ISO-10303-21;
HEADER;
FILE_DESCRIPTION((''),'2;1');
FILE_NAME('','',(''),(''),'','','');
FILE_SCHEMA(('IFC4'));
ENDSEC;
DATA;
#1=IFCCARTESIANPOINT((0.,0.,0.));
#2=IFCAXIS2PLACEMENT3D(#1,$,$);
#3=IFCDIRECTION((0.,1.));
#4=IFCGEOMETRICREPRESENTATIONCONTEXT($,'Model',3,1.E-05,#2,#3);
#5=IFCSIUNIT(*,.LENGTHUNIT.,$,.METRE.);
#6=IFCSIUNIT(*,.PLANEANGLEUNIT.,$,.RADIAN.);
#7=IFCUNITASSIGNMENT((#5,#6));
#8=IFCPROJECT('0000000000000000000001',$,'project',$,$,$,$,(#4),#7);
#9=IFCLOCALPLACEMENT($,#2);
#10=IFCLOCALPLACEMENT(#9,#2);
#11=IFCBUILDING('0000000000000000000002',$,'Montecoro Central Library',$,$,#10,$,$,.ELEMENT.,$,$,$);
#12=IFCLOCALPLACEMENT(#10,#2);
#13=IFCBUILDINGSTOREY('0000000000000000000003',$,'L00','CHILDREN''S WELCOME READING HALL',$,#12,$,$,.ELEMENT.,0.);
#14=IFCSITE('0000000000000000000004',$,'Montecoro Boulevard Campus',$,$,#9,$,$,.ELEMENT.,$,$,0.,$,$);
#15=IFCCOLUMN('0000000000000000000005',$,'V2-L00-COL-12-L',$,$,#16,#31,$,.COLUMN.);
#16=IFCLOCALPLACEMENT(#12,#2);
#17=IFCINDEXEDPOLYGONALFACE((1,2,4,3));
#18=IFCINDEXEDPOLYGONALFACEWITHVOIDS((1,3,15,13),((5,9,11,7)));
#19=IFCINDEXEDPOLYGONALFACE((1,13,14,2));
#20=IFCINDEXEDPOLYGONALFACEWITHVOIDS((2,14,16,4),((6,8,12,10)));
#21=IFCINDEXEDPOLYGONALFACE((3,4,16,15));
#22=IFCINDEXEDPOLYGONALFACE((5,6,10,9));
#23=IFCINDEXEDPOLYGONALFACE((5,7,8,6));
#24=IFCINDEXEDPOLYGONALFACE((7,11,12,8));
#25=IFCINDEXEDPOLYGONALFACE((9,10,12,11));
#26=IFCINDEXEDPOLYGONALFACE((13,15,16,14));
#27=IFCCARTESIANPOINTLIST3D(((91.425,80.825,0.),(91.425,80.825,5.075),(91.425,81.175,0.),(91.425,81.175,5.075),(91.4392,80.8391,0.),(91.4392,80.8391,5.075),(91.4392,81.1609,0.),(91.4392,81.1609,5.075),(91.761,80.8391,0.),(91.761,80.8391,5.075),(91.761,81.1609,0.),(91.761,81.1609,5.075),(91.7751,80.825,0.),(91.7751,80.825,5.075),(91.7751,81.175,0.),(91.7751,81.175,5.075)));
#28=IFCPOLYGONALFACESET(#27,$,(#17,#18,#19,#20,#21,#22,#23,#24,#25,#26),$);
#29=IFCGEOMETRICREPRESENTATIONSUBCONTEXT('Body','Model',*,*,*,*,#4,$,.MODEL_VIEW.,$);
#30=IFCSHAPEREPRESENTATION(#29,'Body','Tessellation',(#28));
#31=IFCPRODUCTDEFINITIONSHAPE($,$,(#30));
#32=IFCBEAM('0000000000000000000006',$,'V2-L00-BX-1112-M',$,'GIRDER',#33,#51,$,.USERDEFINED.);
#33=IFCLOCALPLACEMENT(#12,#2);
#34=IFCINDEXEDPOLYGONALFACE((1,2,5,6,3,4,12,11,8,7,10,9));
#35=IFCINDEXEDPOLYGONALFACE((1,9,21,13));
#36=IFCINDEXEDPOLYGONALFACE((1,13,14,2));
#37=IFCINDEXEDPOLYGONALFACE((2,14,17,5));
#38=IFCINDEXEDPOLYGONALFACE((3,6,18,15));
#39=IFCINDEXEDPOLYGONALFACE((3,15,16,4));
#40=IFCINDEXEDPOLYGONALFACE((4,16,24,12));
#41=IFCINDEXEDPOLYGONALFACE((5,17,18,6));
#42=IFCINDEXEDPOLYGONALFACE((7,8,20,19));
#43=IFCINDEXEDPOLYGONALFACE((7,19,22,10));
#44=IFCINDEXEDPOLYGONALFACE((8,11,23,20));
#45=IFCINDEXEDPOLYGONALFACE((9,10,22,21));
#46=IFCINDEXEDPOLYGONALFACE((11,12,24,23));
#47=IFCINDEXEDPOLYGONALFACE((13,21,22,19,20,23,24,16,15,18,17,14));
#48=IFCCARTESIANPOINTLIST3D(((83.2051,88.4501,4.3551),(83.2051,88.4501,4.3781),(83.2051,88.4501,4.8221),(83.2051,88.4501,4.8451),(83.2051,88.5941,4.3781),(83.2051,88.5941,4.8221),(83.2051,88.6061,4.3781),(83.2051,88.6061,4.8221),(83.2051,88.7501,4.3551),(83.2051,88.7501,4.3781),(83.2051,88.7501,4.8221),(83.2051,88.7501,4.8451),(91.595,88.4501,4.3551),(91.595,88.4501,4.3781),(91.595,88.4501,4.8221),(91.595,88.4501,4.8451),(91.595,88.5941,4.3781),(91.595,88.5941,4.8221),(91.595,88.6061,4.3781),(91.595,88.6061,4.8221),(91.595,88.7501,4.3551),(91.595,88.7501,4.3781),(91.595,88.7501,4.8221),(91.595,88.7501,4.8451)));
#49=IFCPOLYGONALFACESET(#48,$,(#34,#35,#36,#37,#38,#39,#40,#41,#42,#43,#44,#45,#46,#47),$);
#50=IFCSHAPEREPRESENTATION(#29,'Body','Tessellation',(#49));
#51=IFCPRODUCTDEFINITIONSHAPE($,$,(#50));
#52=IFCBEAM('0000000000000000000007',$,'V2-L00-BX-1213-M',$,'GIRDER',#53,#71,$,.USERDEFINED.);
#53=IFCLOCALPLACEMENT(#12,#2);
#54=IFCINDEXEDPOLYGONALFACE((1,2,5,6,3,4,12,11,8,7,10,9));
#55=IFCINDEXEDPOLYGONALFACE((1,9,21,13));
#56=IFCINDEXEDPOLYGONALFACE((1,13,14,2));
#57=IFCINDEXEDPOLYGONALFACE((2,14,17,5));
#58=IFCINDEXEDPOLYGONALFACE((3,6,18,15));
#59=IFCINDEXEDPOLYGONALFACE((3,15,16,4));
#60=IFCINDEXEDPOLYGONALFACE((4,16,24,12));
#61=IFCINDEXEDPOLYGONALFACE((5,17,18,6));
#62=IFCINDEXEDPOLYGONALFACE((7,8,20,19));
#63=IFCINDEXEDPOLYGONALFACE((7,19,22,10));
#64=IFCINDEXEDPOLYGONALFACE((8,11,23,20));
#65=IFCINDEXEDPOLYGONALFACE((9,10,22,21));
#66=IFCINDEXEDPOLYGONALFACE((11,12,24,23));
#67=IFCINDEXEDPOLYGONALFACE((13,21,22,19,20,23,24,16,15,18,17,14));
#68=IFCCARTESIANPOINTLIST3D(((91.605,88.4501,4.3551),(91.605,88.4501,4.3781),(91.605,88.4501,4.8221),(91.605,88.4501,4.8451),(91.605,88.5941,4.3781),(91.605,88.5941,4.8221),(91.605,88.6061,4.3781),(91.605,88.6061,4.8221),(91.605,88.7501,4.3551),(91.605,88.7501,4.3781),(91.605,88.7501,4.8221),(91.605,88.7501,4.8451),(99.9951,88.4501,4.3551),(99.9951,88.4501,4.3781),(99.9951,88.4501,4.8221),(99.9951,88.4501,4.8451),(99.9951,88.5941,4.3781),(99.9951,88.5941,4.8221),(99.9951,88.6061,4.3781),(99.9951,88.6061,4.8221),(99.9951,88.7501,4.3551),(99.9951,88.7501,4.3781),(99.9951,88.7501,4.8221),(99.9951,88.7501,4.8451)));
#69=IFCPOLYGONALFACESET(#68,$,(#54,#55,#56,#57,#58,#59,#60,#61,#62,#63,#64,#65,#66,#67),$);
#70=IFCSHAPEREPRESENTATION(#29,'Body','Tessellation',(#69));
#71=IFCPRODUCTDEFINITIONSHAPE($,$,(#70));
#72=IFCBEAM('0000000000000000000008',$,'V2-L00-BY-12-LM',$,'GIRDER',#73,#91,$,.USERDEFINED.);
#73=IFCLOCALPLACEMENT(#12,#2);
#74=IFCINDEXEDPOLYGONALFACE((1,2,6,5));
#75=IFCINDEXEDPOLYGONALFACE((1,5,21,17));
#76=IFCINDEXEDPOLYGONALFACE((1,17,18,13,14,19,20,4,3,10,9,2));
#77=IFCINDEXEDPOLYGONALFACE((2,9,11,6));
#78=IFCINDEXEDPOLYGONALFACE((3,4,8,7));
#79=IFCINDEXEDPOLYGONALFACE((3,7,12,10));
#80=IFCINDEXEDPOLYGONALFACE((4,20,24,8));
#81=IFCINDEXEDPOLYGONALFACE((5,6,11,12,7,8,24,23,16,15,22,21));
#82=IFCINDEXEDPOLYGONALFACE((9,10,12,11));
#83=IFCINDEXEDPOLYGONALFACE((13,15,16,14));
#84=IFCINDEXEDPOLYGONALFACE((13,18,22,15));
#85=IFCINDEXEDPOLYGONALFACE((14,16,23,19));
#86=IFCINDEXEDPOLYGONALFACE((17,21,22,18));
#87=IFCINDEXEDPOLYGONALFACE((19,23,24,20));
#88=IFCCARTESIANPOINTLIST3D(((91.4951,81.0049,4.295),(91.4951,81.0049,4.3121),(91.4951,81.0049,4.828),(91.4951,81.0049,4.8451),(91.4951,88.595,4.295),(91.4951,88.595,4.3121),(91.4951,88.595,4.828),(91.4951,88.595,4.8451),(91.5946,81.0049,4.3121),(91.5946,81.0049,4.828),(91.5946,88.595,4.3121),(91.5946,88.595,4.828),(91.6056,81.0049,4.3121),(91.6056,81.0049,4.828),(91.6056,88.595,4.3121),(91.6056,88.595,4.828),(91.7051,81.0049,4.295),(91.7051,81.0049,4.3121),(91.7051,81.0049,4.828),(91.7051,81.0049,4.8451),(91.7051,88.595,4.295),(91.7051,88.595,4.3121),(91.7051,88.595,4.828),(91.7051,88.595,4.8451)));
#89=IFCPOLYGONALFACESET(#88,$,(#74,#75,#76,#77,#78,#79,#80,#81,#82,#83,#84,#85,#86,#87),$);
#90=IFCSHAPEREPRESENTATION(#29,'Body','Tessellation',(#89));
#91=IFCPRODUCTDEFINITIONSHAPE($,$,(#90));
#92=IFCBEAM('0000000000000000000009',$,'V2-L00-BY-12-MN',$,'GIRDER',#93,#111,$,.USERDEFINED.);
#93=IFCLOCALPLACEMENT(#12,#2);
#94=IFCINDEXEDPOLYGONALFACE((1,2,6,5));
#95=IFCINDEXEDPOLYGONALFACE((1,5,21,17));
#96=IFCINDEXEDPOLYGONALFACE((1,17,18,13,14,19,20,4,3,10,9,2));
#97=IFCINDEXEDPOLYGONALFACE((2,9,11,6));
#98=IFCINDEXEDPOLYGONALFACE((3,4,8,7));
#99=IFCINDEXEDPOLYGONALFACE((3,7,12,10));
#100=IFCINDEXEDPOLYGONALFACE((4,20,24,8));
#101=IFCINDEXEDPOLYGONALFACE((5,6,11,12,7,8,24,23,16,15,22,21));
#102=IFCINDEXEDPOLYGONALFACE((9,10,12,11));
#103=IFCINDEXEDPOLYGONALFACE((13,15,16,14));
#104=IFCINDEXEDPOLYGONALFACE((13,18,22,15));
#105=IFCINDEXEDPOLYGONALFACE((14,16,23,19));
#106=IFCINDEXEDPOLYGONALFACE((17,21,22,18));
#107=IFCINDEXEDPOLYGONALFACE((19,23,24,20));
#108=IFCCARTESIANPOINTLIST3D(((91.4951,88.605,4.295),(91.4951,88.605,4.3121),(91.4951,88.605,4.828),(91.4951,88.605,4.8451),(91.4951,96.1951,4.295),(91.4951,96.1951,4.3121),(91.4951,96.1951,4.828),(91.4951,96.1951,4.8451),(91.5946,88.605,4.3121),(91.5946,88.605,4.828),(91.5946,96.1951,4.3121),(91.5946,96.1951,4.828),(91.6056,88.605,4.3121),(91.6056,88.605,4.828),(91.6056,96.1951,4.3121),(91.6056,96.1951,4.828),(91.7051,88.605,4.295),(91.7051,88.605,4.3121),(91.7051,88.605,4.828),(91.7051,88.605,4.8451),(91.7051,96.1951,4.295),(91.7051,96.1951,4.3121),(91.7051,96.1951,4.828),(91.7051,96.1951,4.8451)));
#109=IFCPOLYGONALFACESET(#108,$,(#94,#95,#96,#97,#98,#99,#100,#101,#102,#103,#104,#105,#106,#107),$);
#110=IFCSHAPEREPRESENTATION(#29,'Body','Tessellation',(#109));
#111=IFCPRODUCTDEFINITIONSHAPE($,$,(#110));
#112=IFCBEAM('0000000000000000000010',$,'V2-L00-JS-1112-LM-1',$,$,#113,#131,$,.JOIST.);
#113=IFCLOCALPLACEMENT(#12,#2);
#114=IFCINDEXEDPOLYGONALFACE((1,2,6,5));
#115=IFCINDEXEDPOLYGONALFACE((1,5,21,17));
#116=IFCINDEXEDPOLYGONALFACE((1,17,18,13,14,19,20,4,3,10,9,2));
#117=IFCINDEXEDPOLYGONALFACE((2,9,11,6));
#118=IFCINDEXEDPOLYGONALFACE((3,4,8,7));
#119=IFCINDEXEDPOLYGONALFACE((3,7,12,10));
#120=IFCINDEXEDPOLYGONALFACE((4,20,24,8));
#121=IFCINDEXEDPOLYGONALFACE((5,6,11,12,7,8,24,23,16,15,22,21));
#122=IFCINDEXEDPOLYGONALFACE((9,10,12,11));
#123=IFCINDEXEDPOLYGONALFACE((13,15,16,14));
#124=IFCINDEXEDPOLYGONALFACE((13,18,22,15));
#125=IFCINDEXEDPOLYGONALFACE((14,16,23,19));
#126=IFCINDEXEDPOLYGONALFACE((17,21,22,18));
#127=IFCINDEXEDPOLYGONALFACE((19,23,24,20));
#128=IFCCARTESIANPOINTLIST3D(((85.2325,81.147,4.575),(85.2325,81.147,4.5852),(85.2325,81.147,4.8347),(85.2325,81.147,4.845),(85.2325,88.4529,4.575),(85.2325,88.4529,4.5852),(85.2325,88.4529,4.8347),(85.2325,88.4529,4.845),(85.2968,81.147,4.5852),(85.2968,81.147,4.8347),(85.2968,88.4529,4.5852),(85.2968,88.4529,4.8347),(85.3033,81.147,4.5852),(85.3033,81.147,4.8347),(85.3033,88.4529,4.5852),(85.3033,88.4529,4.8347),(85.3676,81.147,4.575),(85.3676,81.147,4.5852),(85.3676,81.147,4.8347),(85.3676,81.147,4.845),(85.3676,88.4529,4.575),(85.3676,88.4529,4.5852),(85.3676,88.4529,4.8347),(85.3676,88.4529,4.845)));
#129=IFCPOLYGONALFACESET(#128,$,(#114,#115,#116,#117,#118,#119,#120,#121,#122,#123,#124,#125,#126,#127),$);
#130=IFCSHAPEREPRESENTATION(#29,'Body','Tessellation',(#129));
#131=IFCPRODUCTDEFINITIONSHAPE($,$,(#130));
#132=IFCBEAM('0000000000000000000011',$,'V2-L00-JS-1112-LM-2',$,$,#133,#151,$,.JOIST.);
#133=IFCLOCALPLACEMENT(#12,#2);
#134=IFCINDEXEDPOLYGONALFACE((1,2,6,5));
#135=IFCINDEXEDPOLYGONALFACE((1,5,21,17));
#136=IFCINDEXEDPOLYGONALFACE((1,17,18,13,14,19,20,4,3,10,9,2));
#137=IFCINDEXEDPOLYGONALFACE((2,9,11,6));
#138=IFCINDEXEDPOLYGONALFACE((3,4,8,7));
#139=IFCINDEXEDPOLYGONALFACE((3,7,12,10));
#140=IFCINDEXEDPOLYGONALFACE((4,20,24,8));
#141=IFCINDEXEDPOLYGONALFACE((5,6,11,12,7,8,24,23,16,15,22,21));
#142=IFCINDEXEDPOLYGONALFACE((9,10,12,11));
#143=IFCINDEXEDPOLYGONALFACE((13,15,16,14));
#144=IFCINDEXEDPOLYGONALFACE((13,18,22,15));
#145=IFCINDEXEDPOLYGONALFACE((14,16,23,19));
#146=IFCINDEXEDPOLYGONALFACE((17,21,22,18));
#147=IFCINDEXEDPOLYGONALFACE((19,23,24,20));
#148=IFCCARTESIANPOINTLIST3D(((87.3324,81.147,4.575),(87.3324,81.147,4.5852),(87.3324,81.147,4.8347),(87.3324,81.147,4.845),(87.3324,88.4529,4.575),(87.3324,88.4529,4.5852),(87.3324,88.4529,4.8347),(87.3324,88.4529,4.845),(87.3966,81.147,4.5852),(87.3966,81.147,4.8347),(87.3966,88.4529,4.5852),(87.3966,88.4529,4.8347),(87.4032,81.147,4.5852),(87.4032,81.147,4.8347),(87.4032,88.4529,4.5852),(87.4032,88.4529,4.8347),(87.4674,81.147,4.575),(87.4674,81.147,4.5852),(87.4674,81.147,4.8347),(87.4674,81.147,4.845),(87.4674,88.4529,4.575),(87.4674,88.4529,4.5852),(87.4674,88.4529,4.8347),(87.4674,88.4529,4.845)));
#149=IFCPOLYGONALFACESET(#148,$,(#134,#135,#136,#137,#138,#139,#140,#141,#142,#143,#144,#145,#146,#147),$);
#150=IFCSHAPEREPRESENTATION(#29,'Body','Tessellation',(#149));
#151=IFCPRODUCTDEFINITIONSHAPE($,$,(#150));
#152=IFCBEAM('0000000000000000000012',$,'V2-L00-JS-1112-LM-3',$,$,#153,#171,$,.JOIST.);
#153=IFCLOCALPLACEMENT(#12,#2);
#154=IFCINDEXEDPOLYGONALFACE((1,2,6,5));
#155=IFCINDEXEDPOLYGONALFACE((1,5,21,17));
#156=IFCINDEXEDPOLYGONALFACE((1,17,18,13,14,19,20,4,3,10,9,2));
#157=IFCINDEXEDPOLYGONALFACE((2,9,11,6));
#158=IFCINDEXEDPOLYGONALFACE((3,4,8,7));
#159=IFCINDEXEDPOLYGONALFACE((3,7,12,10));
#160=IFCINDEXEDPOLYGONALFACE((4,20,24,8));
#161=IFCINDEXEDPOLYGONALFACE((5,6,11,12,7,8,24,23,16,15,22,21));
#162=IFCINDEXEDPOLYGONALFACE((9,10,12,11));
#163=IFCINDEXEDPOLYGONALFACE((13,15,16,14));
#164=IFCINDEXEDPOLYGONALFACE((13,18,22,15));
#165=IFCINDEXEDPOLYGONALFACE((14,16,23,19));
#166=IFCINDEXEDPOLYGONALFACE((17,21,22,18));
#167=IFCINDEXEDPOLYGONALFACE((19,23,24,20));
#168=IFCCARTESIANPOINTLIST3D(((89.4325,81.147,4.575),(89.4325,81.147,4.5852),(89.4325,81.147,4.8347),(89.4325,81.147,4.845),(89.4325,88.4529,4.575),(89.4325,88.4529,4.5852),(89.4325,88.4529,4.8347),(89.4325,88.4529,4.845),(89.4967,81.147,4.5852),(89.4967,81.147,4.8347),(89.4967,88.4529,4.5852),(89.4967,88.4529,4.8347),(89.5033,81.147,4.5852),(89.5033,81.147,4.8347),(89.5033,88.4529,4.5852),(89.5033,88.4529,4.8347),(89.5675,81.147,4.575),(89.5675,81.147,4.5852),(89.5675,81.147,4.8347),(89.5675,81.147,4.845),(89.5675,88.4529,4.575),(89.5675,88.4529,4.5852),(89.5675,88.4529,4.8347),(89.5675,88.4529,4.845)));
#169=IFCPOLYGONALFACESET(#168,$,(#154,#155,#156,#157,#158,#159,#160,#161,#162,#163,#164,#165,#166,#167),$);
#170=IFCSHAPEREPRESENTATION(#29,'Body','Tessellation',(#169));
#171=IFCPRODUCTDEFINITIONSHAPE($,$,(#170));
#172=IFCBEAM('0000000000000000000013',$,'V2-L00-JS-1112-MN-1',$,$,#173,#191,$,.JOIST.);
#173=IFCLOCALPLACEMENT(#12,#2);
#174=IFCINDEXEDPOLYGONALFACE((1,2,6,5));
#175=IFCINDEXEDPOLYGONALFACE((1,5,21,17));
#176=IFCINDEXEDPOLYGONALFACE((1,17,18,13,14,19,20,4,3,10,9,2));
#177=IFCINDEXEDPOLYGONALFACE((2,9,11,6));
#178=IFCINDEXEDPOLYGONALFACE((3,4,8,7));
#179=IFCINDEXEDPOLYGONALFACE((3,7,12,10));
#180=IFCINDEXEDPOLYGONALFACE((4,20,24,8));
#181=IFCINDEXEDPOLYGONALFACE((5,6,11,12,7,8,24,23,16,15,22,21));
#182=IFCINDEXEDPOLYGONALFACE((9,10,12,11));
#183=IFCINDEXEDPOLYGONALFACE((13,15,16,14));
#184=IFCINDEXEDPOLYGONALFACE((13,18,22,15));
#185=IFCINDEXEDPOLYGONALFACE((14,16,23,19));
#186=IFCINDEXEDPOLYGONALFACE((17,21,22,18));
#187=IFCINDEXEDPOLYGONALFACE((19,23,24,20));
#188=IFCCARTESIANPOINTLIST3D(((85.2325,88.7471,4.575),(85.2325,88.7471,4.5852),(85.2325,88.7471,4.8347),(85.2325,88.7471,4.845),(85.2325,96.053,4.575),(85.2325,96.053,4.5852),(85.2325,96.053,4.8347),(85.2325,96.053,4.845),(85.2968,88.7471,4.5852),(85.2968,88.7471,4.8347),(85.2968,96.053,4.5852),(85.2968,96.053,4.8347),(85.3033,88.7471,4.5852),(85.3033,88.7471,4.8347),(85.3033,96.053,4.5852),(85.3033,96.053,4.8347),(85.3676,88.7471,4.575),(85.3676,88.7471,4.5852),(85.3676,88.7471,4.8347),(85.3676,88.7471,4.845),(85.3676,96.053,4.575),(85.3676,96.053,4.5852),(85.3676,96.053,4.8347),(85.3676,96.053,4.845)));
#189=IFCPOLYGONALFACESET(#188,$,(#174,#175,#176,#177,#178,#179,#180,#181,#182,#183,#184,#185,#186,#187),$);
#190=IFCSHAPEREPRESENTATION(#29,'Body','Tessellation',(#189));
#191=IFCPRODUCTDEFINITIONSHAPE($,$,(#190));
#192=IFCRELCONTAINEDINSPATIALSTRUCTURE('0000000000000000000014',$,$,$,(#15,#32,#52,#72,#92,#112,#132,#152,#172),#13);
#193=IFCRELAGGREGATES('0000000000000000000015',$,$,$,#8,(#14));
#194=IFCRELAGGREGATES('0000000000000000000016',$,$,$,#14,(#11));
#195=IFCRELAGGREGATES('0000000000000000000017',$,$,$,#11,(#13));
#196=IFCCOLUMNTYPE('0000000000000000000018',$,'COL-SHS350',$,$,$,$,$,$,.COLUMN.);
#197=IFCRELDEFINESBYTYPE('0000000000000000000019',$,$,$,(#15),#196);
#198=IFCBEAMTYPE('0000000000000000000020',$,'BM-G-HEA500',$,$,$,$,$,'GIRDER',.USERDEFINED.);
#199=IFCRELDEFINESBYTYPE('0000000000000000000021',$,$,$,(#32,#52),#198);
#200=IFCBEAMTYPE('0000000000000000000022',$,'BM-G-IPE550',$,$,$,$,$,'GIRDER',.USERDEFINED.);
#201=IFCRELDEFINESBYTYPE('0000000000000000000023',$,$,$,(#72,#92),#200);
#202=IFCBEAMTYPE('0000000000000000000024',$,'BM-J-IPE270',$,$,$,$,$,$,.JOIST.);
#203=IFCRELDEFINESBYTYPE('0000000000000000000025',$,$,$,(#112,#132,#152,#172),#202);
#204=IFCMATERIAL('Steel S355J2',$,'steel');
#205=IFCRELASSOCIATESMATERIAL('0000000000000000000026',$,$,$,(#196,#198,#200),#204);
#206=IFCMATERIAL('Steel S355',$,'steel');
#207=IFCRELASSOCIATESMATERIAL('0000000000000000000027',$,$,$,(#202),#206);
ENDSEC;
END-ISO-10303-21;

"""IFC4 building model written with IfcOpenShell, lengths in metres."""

from ifc_helpers import new_model, si_unit, direction, frame, origin, origin_2d, place, context, subcontext, project, spatial, hollow_rectangle, i_section, extrude, material, material_profile, profile_set, type_object, element, save


model = new_model("IFC4")

# Units and contexts
model_context = context("Model", 3, precision=1e-05, world=origin(), true_north=direction((0.0, 1.0)))
body_context = subcontext(model_context, "Body", "Model", "MODEL_VIEW")
ifc_project = project(units=[si_unit("LENGTHUNIT", "METRE"), si_unit("PLANEANGLEUNIT", "RADIAN")], contexts=[model_context])

# Site, building, storey
site_placement = place(None, origin())
site = spatial("IfcSite", under=ifc_project, at=site_placement, Name="Montecoro Boulevard Campus", CompositionType="ELEMENT", RefElevation=0.0)
building_placement = place(site_placement, origin())
building = spatial("IfcBuilding", under=site, at=building_placement, Name="Montecoro Central Library", CompositionType="ELEMENT")
storey_placement = place(building_placement, origin())
storey = spatial("IfcBuildingStorey", under=building, at=storey_placement, Name="L00", Description="CHILDREN'S WELCOME READING HALL", CompositionType="ELEMENT", Elevation=0.0)

# Column
ifc_material_1 = material(Name="Steel S355", Category="steel")
ifc_material_2 = material(Name="Steel S355J2", Category="steel")
ifc_material_profile_1 = material_profile(ifc_material_2, hollow_rectangle(XDim=0.3501, YDim=0.3501, WallThickness=0.0142, at=origin_2d()), Name="SHS 350x350x14.2")
ifc_profile_set_1 = profile_set([ifc_material_profile_1], Name="Steel S355J2")
column_type_1 = type_object("IfcColumnType", Name="COL-SHS350", PredefinedType="COLUMN", material=ifc_profile_set_1)
column_1_placement = place(storey_placement, frame((91.6001, 81.0, 0.0), z_axis=(0.0, 0.0, 1.0), x_axis=(1.0, 0.0, 0.0)))
element("IfcColumn", 1, at=column_1_placement, inside=storey, type_object=column_type_1, Name="V2-L00-COL-12-L", PredefinedType="COLUMN", context=body_context, shape_type="SweptSolid", body=[
    extrude(hollow_rectangle(XDim=0.3501, YDim=0.3501, WallThickness=0.0142, at=origin_2d()), origin(), (0.0, 0.0, 1.0), 5.075),
])

# Beams
ifc_material_profile_2 = material_profile(ifc_material_2, i_section(OverallWidth=0.3, OverallDepth=0.49, WebThickness=0.012, FlangeThickness=0.0229, at=origin_2d()), Name="HEA 500")
ifc_profile_set_2 = profile_set([ifc_material_profile_2], Name="Steel S355J2")
beam_type_1 = type_object("IfcBeamType", Name="BM-G-HEA500", ElementType="GIRDER", PredefinedType="USERDEFINED", material=ifc_profile_set_2)
beam_1_placement = place(storey_placement, frame((83.2051, 88.6001, 4.6001), z_axis=(1.0, 0.0, 0.0), x_axis=(0.0, 1.0, 0.0)))
element("IfcBeam", 2, at=beam_1_placement, inside=storey, type_object=beam_type_1, Name="V2-L00-BX-1112-M", ObjectType="GIRDER", PredefinedType="USERDEFINED", context=body_context, shape_type="SweptSolid", body=[
    extrude(i_section(OverallWidth=0.3, OverallDepth=0.49, WebThickness=0.012, FlangeThickness=0.0229, at=origin_2d()), origin(), (0.0, 0.0, 1.0), 8.3899),
])
beam_2_placement = place(storey_placement, frame((91.605, 88.6001, 4.6001), z_axis=(1.0, 0.0, 0.0), x_axis=(0.0, 1.0, 0.0)))
element("IfcBeam", 3, at=beam_2_placement, inside=storey, type_object=beam_type_1, Name="V2-L00-BX-1213-M", ObjectType="GIRDER", PredefinedType="USERDEFINED", context=body_context, shape_type="SweptSolid", body=[
    extrude(i_section(OverallWidth=0.3, OverallDepth=0.49, WebThickness=0.012, FlangeThickness=0.0229, at=origin_2d()), origin(), (0.0, 0.0, 1.0), 8.3901),
])
ifc_material_profile_3 = material_profile(ifc_material_2, i_section(OverallWidth=0.21, OverallDepth=0.55, WebThickness=0.011, FlangeThickness=0.0171, at=origin_2d()), Name="IPE 550")
ifc_profile_set_3 = profile_set([ifc_material_profile_3], Name="Steel S355J2")
beam_type_2 = type_object("IfcBeamType", Name="BM-G-IPE550", ElementType="GIRDER", PredefinedType="USERDEFINED", material=ifc_profile_set_3)
for number, where, z_axis, x_axis, name in (
    (4, (91.6001, 81.0049, 4.5701), (0.0, 1.0, 0.0), (-1.0, 0.0, 0.0), "V2-L00-BY-12-LM"),
    (5, (91.6001, 88.605, 4.5701), (0.0, 1.0, 0.0), (-1.0, 0.0, 0.0), "V2-L00-BY-12-MN"),
):
    element("IfcBeam", number, at=place(storey_placement, frame(where, z_axis=z_axis, x_axis=x_axis)), inside=storey, type_object=beam_type_2, Name=name, ObjectType="GIRDER", PredefinedType="USERDEFINED", context=body_context, shape_type="SweptSolid", body=[
        extrude(i_section(OverallWidth=0.21, OverallDepth=0.55, WebThickness=0.011, FlangeThickness=0.0171, at=origin_2d()), origin(), (0.0, 0.0, 1.0), 7.5901),
    ])
ifc_material_profile_4 = material_profile(ifc_material_1, i_section(OverallWidth=0.135, OverallDepth=0.27, WebThickness=0.0066, FlangeThickness=0.0103, at=origin_2d()), Name="IPE 270")
ifc_profile_set_4 = profile_set([ifc_material_profile_4], Name="Steel S355")
beam_type_3 = type_object("IfcBeamType", Name="BM-J-IPE270", PredefinedType="JOIST", material=ifc_profile_set_4)
for number, where, z_axis, x_axis, name in (
    (6, (85.3, 81.147, 4.71), (0.0, 1.0, 0.0), (-1.0, 0.0, 0.0), "V2-L00-JS-1112-LM-1"),
    (7, (87.3999, 81.147, 4.71), (0.0, 1.0, 0.0), (-1.0, 0.0, 0.0), "V2-L00-JS-1112-LM-2"),
    (8, (89.5, 81.147, 4.71), (0.0, 1.0, 0.0), (-1.0, 0.0, 0.0), "V2-L00-JS-1112-LM-3"),
    (9, (85.3, 88.7471, 4.71), (0.0, 1.0, 0.0), (-1.0, 0.0, 0.0), "V2-L00-JS-1112-MN-1"),
):
    element("IfcBeam", number, at=place(storey_placement, frame(where, z_axis=z_axis, x_axis=x_axis)), inside=storey, type_object=beam_type_3, Name=name, PredefinedType="JOIST", context=body_context, shape_type="SweptSolid", body=[
        extrude(i_section(OverallWidth=0.135, OverallDepth=0.27, WebThickness=0.0066, FlangeThickness=0.0103, at=origin_2d()), origin(), (0.0, 0.0, 1.0), 7.3059),
    ])

save(model, "model.ifc")
